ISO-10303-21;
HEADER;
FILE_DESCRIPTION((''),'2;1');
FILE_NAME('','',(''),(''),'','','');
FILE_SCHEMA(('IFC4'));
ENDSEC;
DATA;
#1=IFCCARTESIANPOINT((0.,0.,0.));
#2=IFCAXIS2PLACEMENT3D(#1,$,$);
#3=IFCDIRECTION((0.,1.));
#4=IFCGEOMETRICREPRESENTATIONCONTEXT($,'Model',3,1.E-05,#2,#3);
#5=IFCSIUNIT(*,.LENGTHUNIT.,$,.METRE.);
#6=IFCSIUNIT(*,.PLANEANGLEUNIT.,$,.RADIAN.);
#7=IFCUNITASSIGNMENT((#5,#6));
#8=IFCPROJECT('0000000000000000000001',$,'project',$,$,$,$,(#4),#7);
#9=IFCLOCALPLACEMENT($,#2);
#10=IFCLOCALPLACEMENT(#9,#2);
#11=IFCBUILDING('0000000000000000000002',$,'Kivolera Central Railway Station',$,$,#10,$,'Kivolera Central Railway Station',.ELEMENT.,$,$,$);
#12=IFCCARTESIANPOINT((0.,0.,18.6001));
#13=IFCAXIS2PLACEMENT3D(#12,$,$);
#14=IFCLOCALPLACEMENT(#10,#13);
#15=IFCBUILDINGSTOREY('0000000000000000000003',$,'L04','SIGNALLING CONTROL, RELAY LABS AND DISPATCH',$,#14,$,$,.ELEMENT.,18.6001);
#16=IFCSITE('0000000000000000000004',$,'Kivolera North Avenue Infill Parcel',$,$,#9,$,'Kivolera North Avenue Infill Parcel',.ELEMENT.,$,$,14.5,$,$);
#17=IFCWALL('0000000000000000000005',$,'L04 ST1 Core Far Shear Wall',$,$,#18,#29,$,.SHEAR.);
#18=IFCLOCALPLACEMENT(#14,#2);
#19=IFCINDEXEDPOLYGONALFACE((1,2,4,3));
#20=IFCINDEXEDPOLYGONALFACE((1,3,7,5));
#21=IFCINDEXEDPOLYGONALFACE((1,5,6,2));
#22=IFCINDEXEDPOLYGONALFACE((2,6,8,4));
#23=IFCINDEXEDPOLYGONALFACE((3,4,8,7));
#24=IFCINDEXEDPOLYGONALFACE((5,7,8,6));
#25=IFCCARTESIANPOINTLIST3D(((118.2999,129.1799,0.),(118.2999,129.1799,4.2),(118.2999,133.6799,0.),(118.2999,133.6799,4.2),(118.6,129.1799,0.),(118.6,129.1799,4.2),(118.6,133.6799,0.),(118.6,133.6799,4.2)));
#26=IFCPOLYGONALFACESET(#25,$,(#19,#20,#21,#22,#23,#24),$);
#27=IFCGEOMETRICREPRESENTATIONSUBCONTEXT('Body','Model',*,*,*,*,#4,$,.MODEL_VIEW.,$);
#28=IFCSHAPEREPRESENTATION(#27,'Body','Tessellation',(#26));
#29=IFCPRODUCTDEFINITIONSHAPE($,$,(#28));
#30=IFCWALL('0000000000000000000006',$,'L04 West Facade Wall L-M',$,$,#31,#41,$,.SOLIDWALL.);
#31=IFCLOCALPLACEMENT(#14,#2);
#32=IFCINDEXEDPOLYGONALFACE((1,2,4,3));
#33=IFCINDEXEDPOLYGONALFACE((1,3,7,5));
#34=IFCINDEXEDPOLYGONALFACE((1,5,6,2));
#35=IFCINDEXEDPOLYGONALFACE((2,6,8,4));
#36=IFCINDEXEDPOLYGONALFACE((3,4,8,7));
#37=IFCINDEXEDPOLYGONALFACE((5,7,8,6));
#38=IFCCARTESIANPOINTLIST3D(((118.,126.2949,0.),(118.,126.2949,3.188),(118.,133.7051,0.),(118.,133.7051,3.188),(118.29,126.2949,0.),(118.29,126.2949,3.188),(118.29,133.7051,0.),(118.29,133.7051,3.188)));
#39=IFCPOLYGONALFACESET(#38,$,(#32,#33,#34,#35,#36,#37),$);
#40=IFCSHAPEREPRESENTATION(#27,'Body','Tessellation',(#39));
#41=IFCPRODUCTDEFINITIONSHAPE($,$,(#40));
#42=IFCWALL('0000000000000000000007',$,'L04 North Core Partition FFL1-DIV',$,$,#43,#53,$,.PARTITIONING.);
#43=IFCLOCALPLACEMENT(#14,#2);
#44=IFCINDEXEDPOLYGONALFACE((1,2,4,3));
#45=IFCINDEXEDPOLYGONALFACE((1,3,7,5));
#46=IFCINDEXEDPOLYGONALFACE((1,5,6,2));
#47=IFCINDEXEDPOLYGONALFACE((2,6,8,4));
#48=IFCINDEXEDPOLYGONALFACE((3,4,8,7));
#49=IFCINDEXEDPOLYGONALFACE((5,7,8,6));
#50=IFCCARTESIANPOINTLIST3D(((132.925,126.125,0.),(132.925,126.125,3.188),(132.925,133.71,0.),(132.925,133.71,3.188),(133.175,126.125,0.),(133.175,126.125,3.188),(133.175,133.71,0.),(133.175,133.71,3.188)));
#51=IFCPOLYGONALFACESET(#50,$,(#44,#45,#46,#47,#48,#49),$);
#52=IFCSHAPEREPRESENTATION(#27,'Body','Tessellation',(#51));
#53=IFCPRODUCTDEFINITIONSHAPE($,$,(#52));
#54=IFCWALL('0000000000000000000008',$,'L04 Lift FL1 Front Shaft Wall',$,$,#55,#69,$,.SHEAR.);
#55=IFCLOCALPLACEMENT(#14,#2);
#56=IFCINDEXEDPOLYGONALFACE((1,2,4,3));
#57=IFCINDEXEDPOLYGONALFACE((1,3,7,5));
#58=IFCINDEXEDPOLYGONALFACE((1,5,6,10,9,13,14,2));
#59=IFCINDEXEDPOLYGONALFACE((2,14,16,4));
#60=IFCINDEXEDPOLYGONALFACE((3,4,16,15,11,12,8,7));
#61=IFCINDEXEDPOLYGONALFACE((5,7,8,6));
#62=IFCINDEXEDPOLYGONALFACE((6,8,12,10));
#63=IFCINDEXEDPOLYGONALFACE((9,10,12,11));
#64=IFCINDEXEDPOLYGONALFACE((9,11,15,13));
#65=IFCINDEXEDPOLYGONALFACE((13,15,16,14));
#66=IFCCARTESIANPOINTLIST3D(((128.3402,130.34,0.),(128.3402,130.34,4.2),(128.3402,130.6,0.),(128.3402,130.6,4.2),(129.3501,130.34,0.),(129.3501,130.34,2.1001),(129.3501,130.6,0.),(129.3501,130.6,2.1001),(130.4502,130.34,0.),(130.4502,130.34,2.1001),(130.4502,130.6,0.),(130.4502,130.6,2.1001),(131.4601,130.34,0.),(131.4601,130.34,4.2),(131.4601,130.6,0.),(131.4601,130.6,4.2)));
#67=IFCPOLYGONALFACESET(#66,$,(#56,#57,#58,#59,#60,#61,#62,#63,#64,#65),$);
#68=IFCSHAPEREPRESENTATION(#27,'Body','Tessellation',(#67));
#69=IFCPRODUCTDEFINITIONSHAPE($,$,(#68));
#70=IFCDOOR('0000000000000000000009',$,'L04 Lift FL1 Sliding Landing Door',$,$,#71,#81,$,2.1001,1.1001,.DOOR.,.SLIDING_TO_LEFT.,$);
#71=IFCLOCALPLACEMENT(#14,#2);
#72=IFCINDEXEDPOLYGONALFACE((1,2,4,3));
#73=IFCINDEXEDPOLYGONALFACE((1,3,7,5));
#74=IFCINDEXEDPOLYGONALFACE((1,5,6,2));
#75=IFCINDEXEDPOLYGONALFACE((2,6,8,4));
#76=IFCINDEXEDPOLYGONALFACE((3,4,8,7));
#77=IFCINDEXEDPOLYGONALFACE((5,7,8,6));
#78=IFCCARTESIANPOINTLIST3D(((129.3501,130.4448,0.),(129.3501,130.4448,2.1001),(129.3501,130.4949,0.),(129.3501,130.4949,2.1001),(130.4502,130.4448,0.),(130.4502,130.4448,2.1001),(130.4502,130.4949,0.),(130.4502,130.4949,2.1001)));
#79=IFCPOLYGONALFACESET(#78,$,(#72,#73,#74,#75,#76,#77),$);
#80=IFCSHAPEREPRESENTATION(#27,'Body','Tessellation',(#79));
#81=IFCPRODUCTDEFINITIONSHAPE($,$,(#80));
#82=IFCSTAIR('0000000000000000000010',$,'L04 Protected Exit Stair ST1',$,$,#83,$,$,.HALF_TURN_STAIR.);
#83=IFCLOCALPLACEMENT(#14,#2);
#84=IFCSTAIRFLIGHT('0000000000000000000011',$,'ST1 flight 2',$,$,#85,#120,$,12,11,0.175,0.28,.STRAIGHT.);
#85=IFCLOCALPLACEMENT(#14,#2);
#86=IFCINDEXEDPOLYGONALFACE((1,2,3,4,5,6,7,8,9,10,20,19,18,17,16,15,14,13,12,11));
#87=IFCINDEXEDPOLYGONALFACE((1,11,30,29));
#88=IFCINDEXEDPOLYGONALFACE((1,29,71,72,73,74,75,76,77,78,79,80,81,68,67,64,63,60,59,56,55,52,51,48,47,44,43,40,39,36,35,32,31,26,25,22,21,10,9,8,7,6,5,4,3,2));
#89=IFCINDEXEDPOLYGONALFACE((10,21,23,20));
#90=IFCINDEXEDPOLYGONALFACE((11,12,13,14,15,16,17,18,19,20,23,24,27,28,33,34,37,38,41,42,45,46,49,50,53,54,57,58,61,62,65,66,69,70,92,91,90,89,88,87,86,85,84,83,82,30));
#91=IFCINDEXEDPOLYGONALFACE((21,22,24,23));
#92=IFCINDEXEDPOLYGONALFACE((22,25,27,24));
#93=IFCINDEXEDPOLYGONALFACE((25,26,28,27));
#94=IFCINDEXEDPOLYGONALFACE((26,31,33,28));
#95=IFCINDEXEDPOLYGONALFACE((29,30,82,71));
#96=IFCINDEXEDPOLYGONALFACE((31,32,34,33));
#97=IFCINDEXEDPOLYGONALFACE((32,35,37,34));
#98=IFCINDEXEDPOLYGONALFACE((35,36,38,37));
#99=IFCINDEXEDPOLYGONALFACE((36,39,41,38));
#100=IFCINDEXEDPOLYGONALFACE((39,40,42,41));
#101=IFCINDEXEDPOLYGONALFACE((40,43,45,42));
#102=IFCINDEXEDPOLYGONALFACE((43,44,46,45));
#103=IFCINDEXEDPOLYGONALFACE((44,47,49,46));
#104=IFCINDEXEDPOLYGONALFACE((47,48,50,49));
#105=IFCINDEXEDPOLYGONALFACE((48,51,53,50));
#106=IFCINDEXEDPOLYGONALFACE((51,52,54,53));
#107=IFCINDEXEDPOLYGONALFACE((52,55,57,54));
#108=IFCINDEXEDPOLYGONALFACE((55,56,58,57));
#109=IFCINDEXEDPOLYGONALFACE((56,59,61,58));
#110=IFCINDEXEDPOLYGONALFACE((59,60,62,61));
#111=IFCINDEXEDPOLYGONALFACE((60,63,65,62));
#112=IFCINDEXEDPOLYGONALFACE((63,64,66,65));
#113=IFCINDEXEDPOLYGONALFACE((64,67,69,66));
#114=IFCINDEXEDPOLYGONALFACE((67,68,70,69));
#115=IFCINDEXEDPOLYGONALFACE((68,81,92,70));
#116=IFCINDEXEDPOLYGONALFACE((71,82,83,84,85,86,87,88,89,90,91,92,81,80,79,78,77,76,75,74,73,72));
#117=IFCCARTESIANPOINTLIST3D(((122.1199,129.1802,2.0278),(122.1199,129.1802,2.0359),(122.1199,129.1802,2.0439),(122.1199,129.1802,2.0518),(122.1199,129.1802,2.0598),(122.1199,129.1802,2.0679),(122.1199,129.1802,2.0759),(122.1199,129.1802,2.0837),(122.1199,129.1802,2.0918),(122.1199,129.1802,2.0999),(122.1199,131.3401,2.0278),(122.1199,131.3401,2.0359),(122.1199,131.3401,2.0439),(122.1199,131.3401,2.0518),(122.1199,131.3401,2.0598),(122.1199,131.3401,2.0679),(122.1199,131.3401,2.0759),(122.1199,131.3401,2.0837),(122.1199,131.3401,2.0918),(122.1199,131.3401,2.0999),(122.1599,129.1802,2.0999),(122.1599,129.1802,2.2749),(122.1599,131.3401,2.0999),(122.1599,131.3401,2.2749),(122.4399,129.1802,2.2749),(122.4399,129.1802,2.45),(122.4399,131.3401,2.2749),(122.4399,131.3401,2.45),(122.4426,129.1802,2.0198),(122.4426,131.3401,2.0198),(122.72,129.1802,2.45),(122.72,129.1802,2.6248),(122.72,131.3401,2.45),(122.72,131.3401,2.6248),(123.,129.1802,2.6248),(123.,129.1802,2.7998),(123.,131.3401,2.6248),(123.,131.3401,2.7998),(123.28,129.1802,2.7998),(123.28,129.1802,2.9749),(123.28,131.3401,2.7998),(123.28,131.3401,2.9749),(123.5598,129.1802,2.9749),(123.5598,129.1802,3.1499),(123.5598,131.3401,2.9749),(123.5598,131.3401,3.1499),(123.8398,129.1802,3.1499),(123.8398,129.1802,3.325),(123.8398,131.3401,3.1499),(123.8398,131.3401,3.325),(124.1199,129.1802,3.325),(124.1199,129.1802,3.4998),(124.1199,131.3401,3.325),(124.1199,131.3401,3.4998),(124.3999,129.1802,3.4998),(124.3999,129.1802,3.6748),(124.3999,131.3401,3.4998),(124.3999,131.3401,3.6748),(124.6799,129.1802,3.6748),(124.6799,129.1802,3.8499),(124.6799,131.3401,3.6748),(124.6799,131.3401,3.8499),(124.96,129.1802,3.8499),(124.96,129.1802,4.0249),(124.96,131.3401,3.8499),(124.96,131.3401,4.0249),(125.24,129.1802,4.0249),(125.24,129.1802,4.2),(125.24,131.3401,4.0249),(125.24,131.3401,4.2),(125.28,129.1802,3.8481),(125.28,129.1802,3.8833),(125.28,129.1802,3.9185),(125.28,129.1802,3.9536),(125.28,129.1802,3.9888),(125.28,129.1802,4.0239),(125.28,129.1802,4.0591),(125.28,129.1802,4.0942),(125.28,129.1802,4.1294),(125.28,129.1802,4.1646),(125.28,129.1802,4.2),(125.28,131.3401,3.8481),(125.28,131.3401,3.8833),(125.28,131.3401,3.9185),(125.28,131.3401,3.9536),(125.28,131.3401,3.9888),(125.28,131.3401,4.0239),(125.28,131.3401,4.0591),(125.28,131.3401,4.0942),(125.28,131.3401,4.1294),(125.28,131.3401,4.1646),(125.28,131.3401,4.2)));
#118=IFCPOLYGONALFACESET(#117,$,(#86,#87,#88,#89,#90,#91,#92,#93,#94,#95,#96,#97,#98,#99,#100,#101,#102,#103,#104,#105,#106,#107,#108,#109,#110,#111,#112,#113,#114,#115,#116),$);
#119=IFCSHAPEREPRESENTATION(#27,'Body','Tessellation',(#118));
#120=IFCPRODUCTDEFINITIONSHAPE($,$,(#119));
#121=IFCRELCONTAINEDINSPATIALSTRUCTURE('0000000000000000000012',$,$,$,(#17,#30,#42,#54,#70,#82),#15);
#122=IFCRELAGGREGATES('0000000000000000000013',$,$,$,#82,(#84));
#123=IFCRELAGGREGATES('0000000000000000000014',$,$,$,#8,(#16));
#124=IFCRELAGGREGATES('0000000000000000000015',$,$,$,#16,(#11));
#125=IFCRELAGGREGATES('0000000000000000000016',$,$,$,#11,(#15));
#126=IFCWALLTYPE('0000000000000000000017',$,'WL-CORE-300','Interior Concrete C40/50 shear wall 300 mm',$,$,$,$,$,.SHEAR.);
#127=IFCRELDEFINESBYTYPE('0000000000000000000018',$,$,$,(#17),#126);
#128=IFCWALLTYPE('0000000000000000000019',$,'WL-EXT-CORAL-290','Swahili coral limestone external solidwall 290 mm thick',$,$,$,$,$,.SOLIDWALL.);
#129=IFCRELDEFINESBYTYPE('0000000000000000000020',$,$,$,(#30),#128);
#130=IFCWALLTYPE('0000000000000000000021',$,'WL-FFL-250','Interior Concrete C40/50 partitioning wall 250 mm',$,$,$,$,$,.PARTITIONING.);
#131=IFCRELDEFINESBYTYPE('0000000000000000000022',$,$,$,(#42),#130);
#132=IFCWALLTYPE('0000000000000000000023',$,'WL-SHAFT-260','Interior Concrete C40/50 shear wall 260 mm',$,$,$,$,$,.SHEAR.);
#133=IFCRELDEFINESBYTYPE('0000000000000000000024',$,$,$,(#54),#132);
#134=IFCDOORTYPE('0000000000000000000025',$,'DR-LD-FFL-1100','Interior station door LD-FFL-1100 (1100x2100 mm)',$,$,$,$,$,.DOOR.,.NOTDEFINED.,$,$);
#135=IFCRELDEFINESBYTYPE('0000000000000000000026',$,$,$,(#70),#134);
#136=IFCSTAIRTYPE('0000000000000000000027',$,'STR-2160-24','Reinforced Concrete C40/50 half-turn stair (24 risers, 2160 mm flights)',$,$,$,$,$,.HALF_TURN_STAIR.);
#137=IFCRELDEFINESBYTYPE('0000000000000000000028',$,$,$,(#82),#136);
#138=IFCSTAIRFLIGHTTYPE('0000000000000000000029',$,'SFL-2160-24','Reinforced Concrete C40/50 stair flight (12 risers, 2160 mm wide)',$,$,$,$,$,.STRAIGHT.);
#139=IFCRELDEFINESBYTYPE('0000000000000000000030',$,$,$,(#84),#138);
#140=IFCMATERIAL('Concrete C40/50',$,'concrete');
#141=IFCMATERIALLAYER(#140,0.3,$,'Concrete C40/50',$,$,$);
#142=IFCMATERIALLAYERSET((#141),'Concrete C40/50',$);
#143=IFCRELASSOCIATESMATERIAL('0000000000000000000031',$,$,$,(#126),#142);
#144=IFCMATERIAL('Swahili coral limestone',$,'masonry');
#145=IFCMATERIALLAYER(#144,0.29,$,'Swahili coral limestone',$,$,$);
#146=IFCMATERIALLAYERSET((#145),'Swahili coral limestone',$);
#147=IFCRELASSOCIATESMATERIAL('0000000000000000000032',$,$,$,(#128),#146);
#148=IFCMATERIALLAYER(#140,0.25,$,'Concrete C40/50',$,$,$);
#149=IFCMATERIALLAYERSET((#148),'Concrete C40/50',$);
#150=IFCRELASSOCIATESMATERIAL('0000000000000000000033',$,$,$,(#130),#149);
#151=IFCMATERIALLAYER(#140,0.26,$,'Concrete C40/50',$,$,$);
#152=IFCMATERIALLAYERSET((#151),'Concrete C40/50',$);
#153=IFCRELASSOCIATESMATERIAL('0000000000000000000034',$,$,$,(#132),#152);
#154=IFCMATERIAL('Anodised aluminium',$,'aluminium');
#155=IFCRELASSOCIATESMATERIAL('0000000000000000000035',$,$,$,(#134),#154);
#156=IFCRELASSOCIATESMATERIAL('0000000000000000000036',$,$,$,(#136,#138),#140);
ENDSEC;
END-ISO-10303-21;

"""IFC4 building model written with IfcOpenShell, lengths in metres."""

from ifc_helpers import new_model, si_unit, direction, frame, frame_2d, origin, place, context, subcontext, project, spatial, polyline, rectangle, outline, extrude, material, layer, layer_set, type_object, element, fill, aggregate, save


model = new_model("IFC4")

# Units and contexts
model_context = context("Model", 3, precision=1e-05, world=origin(), true_north=direction((0.0, 1.0)))
body_context = subcontext(model_context, "Body", "Model", "MODEL_VIEW")
ifc_project = project(units=[si_unit("LENGTHUNIT", "METRE"), si_unit("PLANEANGLEUNIT", "RADIAN")], contexts=[model_context])

# Site, building, storey
site_placement = place(None, origin())
site = spatial("IfcSite", under=ifc_project, at=site_placement, Name="Kivolera North Avenue Infill Parcel", LongName="Kivolera North Avenue Infill Parcel", CompositionType="ELEMENT", RefElevation=14.5)
building_placement = place(site_placement, origin())
building = spatial("IfcBuilding", under=site, at=building_placement, Name="Kivolera Central Railway Station", LongName="Kivolera Central Railway Station", CompositionType="ELEMENT")
storey_placement = place(building_placement, frame((0.0, 0.0, 18.6001)))
storey = spatial("IfcBuildingStorey", under=building, at=storey_placement, Name="L04", Description="SIGNALLING CONTROL, RELAY LABS AND DISPATCH", CompositionType="ELEMENT", Elevation=18.6001)

# Shared definitions
ifc_material_1 = material(Name="Concrete C40/50", Category="concrete")

# Shared definitions
ifc_material_2 = material(Name="Anodised aluminium", Category="aluminium")

# Shared definitions
ifc_layer_1 = layer(ifc_material_1, 0.3, Name="Concrete C40/50")
ifc_layer_set_1 = layer_set([ifc_layer_1], Name="Concrete C40/50")
wall_type_1 = type_object("IfcWallType", Name="WL-CORE-300", Description="Interior Concrete C40/50 shear wall 300 mm", PredefinedType="SHEAR", material=ifc_layer_set_1)

# Walls
wall_1_placement = place(storey_placement, frame((118.45, 129.1799, 0.0), z_axis=(0.0, 0.0, 1.0), x_axis=(0.0, 1.0, 0.0)))
element("IfcWall", 1, at=wall_1_placement, inside=storey, type_object=wall_type_1, Name="L04 ST1 Core Far Shear Wall", PredefinedType="SHEAR", context=body_context, shape_type="SweptSolid", body=[
    extrude(rectangle(XDim=4.5, YDim=0.3, at=frame_2d((2.25, 0.0))), origin(), (0.0, 0.0, 1.0), 4.2),
])
ifc_material_3 = material(Name="Swahili coral limestone", Category="masonry")
ifc_layer_2 = layer(ifc_material_3, 0.29, Name="Swahili coral limestone")
ifc_layer_set_2 = layer_set([ifc_layer_2], Name="Swahili coral limestone")
wall_type_2 = type_object("IfcWallType", Name="WL-EXT-CORAL-290", Description="Swahili coral limestone external solidwall 290 mm thick", PredefinedType="SOLIDWALL", material=ifc_layer_set_2)
wall_2_placement = place(storey_placement, frame((118.145, 126.2949, 0.0), z_axis=(0.0, 0.0, 1.0), x_axis=(0.0, 1.0, 0.0)))
element("IfcWall", 2, at=wall_2_placement, inside=storey, type_object=wall_type_2, Name="L04 West Facade Wall L-M", PredefinedType="SOLIDWALL", context=body_context, shape_type="SweptSolid", body=[
    extrude(rectangle(XDim=7.4102, YDim=0.29, at=frame_2d((3.7051, 0.0))), origin(), (0.0, 0.0, 1.0), 3.188),
])

# Shared definitions
ifc_layer_3 = layer(ifc_material_1, 0.25, Name="Concrete C40/50")
ifc_layer_set_3 = layer_set([ifc_layer_3], Name="Concrete C40/50")
wall_type_3 = type_object("IfcWallType", Name="WL-FFL-250", Description="Interior Concrete C40/50 partitioning wall 250 mm", PredefinedType="PARTITIONING", material=ifc_layer_set_3)

# Wall
wall_3_placement = place(storey_placement, frame((133.05, 126.125, 0.0), z_axis=(0.0, 0.0, 1.0), x_axis=(0.0, 1.0, 0.0)))
element("IfcWall", 3, at=wall_3_placement, inside=storey, type_object=wall_type_3, Name="L04 North Core Partition FFL1-DIV", PredefinedType="PARTITIONING", context=body_context, shape_type="SweptSolid", body=[
    extrude(rectangle(XDim=7.585, YDim=0.25, at=frame_2d((3.7925, 0.0))), origin(), (0.0, 0.0, 1.0), 3.188),
])

# Wall, opening, door
ifc_layer_4 = layer(ifc_material_1, 0.26, Name="Concrete C40/50")
ifc_layer_set_4 = layer_set([ifc_layer_4], Name="Concrete C40/50")
wall_type_4 = type_object("IfcWallType", Name="WL-SHAFT-260", Description="Interior Concrete C40/50 shear wall 260 mm", PredefinedType="SHEAR", material=ifc_layer_set_4)
wall_4_placement = place(storey_placement, frame((128.3401, 130.47, 0.0), z_axis=(0.0, 0.0, 1.0), x_axis=(1.0, 0.0, 0.0)))
wall_4 = element("IfcWall", 4, at=wall_4_placement, inside=storey, type_object=wall_type_4, Name="L04 Lift FL1 Front Shaft Wall", PredefinedType="SHEAR", context=body_context, shape_type="SweptSolid", body=[
    extrude(rectangle(XDim=3.1199, YDim=0.26, at=frame_2d((1.5601, 0.0))), origin(), (0.0, 0.0, 1.0), 4.2),
])
opening_1_placement = place(wall_4_placement, frame((1.01, 0.0, 0.0)))
opening_1 = element("IfcOpeningElement", 5, at=opening_1_placement, cuts=wall_4, PredefinedType="OPENING", context=body_context, shape_type="SweptSolid", body=[
    extrude(rectangle(XDim=1.1001, YDim=2.1001, at=frame_2d((0.55, 1.05))), frame((0.0, 0.1399, 0.0), z_axis=(0.0, -1.0, 0.0), x_axis=(1.0, 0.0, 0.0)), (0.0, 0.0, 1.0), 0.28),
])
door_type_1 = type_object("IfcDoorType", Name="DR-LD-FFL-1100", Description="Interior station door LD-FFL-1100 (1100x2100 mm)", OperationType="NOTDEFINED", PredefinedType="DOOR", material=ifc_material_2)
door_1_placement = place(opening_1_placement, origin())
door_1 = element("IfcDoor", 6, at=door_1_placement, inside=storey, type_object=door_type_1, Name="L04 Lift FL1 Sliding Landing Door", OperationType="SLIDING_TO_LEFT", OverallHeight=2.1001, OverallWidth=1.1001, PredefinedType="DOOR", context=body_context, shape_type="SweptSolid", body=[
    extrude(rectangle(XDim=1.1001, YDim=2.1001, at=frame_2d((0.55, 1.05))), frame((0.0, 0.0249, 0.0), z_axis=(0.0, -1.0, 0.0), x_axis=(1.0, 0.0, 0.0)), (0.0, 0.0, 1.0), 0.05),
])
fill(opening_1, door_1)

# Stair, stair flight
stair_type = type_object("IfcStairType", Name="STR-2160-24", Description="Reinforced Concrete C40/50 half-turn stair (24 risers, 2160 mm flights)", PredefinedType="HALF_TURN_STAIR", material=ifc_material_1)
stair_placement = place(storey_placement, origin())
stair = element("IfcStair", 7, at=stair_placement, inside=storey, type_object=stair_type, Name="L04 Protected Exit Stair ST1", PredefinedType="HALF_TURN_STAIR")
stair_flight_type = type_object("IfcStairFlightType", Name="SFL-2160-24", Description="Reinforced Concrete C40/50 stair flight (12 risers, 2160 mm wide)", PredefinedType="STRAIGHT", material=ifc_material_1)
stair_flight_placement = place(storey_placement, frame((122.1599, 130.26, 2.0999), z_axis=(0.0, 0.0, 1.0), x_axis=(1.0, 0.0, 0.0)))
stair_flight = element("IfcStairFlight", 8, at=stair_flight_placement, type_object=stair_flight_type, Name="ST1 flight 2", NumberOfRisers=12, NumberOfTreads=11, PredefinedType="STRAIGHT", RiserHeight=0.175, TreadLength=0.28, context=body_context, shape_type="SweptSolid", body=[
    extrude(outline(polyline([(-0.04, 0.0), (0.0, 0.0), (0.0, 0.175), (0.28, 0.175), (0.28, 0.3501), (0.5601, 0.3501), (0.5601, 0.5249), (0.8401, 0.5249), (0.8401, 0.7), (1.1201, 0.7), (1.1201, 0.875), (1.3999, 0.875), (1.3999, 1.05), (1.6799, 1.05), (1.6799, 1.2251), (1.96, 1.2251), (1.96, 1.3999), (2.24, 1.3999), (2.24, 1.575), (2.52, 1.575), (2.52, 1.75), (2.8, 1.75), (2.8, 1.925), (3.0801, 1.925), (3.0801, 2.1001), (3.1201, 2.1001), (3.1201, 2.0647), (3.1201, 2.0295), (3.1201, 1.9944), (3.1201, 1.9592), (3.1201, 1.9241), (3.1201, 1.8889), (3.1201, 1.8538), (3.1201, 1.8186), (3.1201, 1.7834), (3.1201, 1.7483), (0.2827, -0.0801), (-0.04, -0.072), (-0.04, -0.064), (-0.04, -0.0559), (-0.04, -0.0481), (-0.04, -0.04), (-0.04, -0.032), (-0.04, -0.0239), (-0.04, -0.0161), (-0.04, -0.0081), (-0.04, 0.0)])), frame((0.0, 1.0801, 0.0), z_axis=(0.0, -1.0, 0.0), x_axis=(1.0, 0.0, 0.0)), (0.0, 0.0, 1.0), 2.1599),
])
aggregate(stair, [stair_flight])

save(model, "model.ifc")
